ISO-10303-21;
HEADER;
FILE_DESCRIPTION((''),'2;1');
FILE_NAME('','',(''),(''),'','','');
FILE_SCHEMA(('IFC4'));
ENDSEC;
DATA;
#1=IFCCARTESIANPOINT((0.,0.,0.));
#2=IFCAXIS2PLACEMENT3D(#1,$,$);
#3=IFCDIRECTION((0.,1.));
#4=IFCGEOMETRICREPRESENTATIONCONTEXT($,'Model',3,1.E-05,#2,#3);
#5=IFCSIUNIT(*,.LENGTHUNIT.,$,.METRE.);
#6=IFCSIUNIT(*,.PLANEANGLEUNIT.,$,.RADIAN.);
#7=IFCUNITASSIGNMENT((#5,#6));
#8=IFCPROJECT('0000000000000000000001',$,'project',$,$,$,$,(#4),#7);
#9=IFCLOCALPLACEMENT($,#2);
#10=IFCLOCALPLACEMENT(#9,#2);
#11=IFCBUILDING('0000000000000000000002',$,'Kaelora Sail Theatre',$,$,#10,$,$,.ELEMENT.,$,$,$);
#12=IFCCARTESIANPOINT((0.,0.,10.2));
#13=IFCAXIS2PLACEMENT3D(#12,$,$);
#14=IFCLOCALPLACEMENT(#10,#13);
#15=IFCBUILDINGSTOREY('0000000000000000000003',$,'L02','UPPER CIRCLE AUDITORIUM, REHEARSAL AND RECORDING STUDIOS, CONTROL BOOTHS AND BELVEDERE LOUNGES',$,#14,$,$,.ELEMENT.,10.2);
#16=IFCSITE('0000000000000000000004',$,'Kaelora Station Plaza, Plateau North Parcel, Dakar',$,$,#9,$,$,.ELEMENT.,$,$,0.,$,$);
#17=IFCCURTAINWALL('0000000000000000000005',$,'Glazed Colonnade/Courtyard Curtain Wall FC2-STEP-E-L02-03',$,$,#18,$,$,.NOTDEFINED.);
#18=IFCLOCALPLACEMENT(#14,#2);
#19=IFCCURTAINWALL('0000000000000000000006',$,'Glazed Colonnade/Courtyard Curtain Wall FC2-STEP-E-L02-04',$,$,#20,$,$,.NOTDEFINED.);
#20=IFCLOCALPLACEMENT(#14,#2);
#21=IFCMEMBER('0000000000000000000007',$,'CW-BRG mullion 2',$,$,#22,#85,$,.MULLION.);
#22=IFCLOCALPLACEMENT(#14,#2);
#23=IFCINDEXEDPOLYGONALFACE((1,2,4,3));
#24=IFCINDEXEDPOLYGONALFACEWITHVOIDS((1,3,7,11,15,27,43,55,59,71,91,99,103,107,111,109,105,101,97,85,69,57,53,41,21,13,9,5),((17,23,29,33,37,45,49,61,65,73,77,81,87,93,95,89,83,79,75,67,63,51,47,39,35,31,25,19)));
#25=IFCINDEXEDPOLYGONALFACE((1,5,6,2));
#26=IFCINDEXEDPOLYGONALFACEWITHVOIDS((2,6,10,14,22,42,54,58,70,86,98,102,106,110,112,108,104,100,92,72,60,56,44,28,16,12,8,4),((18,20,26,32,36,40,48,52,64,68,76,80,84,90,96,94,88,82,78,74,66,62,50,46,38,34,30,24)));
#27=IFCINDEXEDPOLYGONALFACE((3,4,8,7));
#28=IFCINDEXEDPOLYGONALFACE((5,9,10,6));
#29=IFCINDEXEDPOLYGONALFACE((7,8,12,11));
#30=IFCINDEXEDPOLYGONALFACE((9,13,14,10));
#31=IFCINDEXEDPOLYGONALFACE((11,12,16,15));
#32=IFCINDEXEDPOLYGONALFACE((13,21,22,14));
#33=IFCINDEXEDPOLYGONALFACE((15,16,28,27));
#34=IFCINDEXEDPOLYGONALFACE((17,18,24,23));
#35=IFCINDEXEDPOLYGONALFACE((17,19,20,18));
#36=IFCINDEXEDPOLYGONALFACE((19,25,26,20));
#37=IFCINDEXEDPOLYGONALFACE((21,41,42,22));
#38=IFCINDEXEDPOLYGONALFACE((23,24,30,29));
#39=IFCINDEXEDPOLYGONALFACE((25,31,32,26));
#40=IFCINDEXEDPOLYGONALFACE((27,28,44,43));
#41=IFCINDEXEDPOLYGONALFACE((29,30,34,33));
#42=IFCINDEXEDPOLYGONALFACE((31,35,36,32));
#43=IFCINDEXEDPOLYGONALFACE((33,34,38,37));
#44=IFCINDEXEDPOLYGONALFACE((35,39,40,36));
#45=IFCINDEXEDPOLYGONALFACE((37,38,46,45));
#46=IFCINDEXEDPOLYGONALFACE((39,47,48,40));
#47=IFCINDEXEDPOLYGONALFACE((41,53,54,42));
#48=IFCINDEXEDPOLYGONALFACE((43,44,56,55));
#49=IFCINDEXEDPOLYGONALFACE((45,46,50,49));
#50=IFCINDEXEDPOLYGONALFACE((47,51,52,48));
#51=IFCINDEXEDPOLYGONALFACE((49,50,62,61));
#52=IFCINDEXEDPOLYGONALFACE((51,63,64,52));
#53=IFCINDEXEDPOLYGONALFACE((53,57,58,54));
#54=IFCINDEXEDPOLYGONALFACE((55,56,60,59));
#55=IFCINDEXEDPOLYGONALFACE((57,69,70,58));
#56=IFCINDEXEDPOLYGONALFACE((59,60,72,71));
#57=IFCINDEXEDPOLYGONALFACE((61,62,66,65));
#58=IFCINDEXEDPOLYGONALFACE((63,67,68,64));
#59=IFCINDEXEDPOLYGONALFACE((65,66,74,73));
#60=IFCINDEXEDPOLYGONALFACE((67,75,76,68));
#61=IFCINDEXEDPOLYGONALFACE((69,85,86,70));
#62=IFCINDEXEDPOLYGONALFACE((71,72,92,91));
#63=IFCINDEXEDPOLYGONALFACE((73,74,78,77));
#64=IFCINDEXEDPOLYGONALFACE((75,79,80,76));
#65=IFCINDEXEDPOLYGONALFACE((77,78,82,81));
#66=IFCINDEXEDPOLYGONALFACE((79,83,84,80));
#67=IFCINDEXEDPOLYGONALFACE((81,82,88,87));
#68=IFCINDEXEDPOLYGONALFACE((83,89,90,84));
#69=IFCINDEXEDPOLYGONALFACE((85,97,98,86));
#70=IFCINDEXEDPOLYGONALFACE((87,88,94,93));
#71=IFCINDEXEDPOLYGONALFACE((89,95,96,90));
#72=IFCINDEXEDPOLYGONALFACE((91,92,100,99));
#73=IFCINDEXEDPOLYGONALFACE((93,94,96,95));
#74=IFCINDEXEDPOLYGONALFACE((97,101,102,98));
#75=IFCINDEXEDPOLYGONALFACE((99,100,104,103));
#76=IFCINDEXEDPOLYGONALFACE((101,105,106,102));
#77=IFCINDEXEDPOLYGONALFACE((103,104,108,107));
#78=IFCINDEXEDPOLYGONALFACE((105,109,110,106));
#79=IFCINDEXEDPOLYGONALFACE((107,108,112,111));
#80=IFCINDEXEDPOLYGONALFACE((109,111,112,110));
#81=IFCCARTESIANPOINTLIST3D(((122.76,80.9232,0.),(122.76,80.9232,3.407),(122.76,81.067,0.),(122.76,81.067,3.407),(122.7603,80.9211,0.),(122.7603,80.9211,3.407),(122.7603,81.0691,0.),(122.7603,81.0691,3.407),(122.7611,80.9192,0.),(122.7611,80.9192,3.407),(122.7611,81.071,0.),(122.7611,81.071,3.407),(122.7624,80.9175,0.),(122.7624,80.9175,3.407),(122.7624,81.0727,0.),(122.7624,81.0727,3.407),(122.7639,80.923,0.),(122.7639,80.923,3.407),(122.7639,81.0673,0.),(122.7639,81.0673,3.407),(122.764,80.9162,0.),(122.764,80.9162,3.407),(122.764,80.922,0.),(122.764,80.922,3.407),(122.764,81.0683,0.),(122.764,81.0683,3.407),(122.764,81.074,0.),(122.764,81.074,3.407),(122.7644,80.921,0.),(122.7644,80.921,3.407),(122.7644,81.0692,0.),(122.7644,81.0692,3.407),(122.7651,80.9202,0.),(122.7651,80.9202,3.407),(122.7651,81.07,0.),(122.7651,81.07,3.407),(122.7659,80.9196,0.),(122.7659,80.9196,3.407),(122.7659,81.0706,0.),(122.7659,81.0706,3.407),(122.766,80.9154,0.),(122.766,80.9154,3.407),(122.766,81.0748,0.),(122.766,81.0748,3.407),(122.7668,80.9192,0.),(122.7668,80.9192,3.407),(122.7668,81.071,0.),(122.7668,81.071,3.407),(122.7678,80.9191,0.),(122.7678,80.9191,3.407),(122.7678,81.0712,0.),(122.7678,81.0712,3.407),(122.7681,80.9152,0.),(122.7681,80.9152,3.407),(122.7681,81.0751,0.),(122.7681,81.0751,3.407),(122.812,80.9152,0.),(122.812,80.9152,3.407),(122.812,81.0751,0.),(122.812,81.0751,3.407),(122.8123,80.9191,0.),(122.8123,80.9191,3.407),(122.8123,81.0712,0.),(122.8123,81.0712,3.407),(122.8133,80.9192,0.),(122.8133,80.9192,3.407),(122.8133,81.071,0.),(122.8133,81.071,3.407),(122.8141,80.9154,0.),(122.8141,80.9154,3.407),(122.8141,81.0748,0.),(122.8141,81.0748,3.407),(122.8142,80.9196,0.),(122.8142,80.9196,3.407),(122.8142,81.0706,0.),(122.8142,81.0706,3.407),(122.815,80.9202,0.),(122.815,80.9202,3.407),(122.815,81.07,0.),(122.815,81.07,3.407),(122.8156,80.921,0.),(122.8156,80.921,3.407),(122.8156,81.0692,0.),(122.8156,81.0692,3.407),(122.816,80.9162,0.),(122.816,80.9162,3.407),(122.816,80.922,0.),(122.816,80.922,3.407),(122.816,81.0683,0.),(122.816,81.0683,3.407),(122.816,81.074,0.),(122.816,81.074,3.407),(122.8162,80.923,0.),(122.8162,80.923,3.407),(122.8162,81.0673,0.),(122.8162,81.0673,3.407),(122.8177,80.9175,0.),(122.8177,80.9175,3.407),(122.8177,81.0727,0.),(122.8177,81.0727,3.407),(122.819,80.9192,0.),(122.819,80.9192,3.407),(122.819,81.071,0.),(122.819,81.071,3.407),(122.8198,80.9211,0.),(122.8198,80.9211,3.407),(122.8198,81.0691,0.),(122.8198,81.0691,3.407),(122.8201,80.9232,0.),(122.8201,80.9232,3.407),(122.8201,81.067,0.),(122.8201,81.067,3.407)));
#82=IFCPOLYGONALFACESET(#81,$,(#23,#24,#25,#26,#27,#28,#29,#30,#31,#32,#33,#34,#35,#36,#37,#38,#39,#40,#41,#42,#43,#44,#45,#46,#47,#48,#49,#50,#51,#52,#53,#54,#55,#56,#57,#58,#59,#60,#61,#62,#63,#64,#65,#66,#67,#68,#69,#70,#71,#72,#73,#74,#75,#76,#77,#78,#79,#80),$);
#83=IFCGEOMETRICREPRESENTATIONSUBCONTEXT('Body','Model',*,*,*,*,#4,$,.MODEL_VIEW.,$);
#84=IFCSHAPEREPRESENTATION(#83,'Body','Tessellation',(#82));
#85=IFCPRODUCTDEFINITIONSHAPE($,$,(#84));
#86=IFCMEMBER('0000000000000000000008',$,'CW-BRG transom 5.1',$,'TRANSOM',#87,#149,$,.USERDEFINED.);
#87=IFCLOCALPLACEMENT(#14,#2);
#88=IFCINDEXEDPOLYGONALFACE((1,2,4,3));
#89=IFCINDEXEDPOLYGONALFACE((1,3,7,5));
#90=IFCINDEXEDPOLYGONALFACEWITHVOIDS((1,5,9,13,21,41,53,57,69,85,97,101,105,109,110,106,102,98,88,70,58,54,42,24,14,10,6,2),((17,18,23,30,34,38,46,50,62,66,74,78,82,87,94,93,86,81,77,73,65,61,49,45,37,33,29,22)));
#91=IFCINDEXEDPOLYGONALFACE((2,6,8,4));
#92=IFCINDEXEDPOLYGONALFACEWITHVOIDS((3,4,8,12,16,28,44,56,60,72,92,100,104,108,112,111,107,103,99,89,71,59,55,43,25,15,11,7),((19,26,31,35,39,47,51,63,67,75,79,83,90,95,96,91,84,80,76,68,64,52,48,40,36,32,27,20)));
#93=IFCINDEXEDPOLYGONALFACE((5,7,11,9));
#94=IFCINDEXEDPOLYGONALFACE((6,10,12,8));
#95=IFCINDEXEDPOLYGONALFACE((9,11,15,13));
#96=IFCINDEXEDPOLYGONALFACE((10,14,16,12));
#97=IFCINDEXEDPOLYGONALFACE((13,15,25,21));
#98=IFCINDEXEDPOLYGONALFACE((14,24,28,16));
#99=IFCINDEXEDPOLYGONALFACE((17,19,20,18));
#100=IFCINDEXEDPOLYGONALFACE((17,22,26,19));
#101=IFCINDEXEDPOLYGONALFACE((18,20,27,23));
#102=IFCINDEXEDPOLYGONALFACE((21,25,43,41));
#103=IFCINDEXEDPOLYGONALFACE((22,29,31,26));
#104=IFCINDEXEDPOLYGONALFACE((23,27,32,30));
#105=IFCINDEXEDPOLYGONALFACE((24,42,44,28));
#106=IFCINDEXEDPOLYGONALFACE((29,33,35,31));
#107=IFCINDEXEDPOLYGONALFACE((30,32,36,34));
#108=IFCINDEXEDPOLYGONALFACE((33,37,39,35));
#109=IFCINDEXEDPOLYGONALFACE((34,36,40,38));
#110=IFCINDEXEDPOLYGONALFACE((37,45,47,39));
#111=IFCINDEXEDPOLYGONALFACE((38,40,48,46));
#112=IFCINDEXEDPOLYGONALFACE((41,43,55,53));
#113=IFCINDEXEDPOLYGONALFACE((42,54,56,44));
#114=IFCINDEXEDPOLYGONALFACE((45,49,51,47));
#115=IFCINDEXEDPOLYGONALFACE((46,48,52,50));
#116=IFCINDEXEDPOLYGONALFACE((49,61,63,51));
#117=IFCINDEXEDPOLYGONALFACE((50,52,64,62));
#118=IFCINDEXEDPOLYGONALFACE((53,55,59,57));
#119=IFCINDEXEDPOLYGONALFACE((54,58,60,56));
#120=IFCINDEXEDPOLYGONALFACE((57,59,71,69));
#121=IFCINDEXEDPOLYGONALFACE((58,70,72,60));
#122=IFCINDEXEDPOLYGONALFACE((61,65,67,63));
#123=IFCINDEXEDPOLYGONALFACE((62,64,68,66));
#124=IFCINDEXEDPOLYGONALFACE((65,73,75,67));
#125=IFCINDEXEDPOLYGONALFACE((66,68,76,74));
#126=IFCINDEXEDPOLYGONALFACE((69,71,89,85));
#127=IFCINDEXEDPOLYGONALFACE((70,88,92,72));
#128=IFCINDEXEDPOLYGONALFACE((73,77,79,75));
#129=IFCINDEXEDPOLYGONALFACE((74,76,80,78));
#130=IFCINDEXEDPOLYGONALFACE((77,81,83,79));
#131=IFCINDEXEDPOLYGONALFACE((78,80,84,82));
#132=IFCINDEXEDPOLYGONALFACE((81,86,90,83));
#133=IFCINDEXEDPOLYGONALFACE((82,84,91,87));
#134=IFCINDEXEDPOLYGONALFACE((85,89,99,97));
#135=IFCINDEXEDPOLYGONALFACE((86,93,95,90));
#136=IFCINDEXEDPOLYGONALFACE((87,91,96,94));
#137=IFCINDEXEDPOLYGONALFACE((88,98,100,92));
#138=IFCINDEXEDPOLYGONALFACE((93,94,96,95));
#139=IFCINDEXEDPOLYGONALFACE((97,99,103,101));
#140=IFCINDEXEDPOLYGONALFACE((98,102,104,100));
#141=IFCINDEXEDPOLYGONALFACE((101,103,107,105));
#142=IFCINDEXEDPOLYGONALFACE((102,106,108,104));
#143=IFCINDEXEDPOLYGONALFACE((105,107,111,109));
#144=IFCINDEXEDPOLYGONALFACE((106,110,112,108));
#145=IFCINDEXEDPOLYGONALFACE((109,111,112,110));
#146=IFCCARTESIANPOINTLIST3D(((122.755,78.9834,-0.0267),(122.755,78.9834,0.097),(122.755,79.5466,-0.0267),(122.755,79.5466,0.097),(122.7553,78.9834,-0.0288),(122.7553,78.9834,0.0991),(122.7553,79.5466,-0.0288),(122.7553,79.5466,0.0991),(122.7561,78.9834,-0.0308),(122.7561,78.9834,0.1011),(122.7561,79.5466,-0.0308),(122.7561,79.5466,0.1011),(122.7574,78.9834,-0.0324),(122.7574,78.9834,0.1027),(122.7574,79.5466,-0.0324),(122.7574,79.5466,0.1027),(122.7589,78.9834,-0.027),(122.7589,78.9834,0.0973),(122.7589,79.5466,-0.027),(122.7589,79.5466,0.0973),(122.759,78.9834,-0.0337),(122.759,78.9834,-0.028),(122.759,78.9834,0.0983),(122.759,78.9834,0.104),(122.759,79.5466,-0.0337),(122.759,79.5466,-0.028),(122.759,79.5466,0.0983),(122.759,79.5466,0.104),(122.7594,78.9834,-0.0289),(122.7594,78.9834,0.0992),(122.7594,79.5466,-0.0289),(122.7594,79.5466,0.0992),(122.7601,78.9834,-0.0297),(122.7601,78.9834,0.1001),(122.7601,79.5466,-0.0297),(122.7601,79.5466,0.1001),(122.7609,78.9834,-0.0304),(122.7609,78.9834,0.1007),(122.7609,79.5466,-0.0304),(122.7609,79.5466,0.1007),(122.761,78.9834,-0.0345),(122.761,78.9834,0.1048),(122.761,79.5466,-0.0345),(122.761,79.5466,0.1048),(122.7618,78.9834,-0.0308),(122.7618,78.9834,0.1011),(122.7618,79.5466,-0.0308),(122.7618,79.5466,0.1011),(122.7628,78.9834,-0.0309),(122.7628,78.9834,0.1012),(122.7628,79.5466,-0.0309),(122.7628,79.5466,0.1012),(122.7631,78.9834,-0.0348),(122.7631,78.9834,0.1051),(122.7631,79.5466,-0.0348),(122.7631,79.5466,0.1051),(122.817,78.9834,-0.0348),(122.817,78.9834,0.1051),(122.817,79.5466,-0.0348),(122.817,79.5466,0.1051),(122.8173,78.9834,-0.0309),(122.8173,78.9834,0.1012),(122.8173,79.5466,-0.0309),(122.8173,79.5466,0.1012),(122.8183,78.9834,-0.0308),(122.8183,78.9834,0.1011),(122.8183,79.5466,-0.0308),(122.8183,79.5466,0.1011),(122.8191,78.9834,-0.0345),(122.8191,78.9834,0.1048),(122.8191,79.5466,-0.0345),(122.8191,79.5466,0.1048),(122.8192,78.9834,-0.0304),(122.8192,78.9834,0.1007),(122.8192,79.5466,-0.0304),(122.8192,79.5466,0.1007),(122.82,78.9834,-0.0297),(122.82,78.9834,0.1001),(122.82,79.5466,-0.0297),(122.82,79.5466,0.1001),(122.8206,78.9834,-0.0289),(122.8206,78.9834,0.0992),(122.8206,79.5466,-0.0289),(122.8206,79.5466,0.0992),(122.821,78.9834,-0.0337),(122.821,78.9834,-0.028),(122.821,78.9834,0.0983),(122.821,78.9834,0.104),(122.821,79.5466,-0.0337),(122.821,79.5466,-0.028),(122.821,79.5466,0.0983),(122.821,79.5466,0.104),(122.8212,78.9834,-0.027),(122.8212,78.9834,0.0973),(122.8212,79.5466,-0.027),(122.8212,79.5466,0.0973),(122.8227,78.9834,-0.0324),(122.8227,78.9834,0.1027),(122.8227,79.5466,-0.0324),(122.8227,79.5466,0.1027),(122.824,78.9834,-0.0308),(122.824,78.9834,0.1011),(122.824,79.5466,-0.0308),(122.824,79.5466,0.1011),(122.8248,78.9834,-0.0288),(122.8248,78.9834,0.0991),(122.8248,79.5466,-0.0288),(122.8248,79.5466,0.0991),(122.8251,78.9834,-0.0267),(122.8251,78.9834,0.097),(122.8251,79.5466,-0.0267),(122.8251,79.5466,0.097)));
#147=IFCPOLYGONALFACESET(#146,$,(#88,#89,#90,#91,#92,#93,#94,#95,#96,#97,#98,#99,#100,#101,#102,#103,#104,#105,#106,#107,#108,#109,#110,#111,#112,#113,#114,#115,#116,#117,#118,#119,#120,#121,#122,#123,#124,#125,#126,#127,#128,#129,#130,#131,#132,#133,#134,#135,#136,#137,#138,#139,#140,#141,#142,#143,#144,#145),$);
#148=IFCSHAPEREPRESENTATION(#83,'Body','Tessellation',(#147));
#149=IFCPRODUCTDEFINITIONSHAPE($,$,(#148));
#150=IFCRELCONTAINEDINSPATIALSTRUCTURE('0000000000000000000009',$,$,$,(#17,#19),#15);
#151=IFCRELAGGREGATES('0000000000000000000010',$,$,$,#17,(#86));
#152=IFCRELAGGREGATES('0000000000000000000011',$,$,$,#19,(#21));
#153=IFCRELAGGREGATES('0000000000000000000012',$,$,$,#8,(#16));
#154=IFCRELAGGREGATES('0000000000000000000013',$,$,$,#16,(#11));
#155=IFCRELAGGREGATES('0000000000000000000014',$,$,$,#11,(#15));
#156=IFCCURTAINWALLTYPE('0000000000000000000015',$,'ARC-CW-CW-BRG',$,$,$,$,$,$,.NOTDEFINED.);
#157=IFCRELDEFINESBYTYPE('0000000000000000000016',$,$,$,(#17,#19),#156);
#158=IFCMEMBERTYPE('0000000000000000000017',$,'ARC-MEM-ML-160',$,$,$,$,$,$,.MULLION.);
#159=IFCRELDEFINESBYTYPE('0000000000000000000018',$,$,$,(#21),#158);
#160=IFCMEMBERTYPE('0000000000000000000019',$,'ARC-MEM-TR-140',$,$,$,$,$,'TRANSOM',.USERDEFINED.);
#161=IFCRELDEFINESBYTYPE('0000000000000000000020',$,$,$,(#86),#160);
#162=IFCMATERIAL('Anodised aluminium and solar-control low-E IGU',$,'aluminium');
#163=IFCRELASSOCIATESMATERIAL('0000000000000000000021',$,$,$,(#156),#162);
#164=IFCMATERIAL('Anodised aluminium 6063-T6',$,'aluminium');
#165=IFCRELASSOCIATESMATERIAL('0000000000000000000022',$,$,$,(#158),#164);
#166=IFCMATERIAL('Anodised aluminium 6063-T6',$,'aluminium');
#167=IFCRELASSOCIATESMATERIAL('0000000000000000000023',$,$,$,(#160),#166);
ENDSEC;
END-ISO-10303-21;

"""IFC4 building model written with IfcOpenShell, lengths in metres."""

from ifc_helpers import new_model, si_unit, direction, frame, origin, origin_2d, place, context, subcontext, project, spatial, hollow_rectangle, extrude, material, material_profile, profile_set, type_object, element, aggregate, save


model = new_model("IFC4")

# Units and contexts
model_context = context("Model", 3, precision=1e-05, world=origin(), true_north=direction((0.0, 1.0)))
body_context = subcontext(model_context, "Body", "Model", "MODEL_VIEW")
ifc_project = project(units=[si_unit("LENGTHUNIT", "METRE"), si_unit("PLANEANGLEUNIT", "RADIAN")], contexts=[model_context])

# Site, building, storey
site_placement = place(None, origin())
site = spatial("IfcSite", under=ifc_project, at=site_placement, Name="Kaelora Station Plaza, Plateau North Parcel, Dakar", CompositionType="ELEMENT", RefElevation=0.0)
building_placement = place(site_placement, origin())
building = spatial("IfcBuilding", under=site, at=building_placement, Name="Kaelora Sail Theatre", CompositionType="ELEMENT")
storey_placement = place(building_placement, frame((0.0, 0.0, 10.2)))
storey = spatial("IfcBuildingStorey", under=building, at=storey_placement, Name="L02", Description="UPPER CIRCLE AUDITORIUM, REHEARSAL AND RECORDING STUDIOS, CONTROL BOOTHS AND BELVEDERE LOUNGES", CompositionType="ELEMENT", Elevation=10.2)

# Curtain walls, member
ifc_material_1 = material(Name="Anodised aluminium and solar-control low-E IGU", Category="aluminium")
curtain_wall_type = type_object("IfcCurtainWallType", Name="ARC-CW-CW-BRG", PredefinedType="NOTDEFINED", material=ifc_material_1)
curtain_wall_1_placement = place(storey_placement, origin())
curtain_wall_1 = element("IfcCurtainWall", 1, at=curtain_wall_1_placement, inside=storey, type_object=curtain_wall_type, Name="Glazed Colonnade/Courtyard Curtain Wall FC2-STEP-E-L02-03", PredefinedType="NOTDEFINED")
ifc_material_2 = material(Name="Anodised aluminium 6063-T6", Category="aluminium")
ifc_material_profile_1 = material_profile(ifc_material_2, hollow_rectangle(XDim=0.0601, YDim=0.1599, WallThickness=0.0039, InnerFilletRadius=0.0039, OuterFilletRadius=0.0081, at=origin_2d()), Name="ALU-MULL 60x160x4")
ifc_profile_set_1 = profile_set([ifc_material_profile_1], Name="Anodised aluminium 6063-T6")
member_type_1 = type_object("IfcMemberType", Name="ARC-MEM-ML-160", PredefinedType="MULLION", material=ifc_profile_set_1)
curtain_wall_2_placement = place(storey_placement, origin())
curtain_wall_2 = element("IfcCurtainWall", 2, at=curtain_wall_2_placement, inside=storey, type_object=curtain_wall_type, Name="Glazed Colonnade/Courtyard Curtain Wall FC2-STEP-E-L02-04", PredefinedType="NOTDEFINED")
member_1_placement = place(storey_placement, frame((122.79, 80.9951, 0.0), z_axis=(0.0, 0.0, 1.0), x_axis=(-1.0, 0.0, 0.0)))
member_1 = element("IfcMember", 3, at=member_1_placement, type_object=member_type_1, Name="CW-BRG mullion 2", PredefinedType="MULLION", context=body_context, shape_type="SweptSolid", body=[
    extrude(hollow_rectangle(XDim=0.0601, YDim=0.1599, WallThickness=0.0039, InnerFilletRadius=0.0039, OuterFilletRadius=0.0081, at=origin_2d()), origin(), (0.0, 0.0, 1.0), 3.407),
])

# Member
ifc_material_3 = material(Name="Anodised aluminium 6063-T6", Category="aluminium")
ifc_material_profile_2 = material_profile(ifc_material_3, hollow_rectangle(XDim=0.0701, YDim=0.1399, WallThickness=0.0039, InnerFilletRadius=0.0039, OuterFilletRadius=0.0081, at=origin_2d()), Name="ALU-TRAN 70x140x4")
ifc_profile_set_2 = profile_set([ifc_material_profile_2], Name="Anodised aluminium 6063-T6")
member_type_2 = type_object("IfcMemberType", Name="ARC-MEM-TR-140", ElementType="TRANSOM", PredefinedType="USERDEFINED", material=ifc_profile_set_2)
member_2_placement = place(storey_placement, frame((122.79, 78.9834, 0.0352), z_axis=(0.0, 1.0, 0.0), x_axis=(-1.0, 0.0, 0.0)))
member_2 = element("IfcMember", 4, at=member_2_placement, type_object=member_type_2, Name="CW-BRG transom 5.1", ObjectType="TRANSOM", PredefinedType="USERDEFINED", context=body_context, shape_type="SweptSolid", body=[
    extrude(hollow_rectangle(XDim=0.0701, YDim=0.1399, WallThickness=0.0039, InnerFilletRadius=0.0039, OuterFilletRadius=0.0081, at=origin_2d()), origin(), (0.0, 0.0, 1.0), 0.5632),
])

aggregate(curtain_wall_1, [member_2])
aggregate(curtain_wall_2, [member_1])

save(model, "model.ifc")
